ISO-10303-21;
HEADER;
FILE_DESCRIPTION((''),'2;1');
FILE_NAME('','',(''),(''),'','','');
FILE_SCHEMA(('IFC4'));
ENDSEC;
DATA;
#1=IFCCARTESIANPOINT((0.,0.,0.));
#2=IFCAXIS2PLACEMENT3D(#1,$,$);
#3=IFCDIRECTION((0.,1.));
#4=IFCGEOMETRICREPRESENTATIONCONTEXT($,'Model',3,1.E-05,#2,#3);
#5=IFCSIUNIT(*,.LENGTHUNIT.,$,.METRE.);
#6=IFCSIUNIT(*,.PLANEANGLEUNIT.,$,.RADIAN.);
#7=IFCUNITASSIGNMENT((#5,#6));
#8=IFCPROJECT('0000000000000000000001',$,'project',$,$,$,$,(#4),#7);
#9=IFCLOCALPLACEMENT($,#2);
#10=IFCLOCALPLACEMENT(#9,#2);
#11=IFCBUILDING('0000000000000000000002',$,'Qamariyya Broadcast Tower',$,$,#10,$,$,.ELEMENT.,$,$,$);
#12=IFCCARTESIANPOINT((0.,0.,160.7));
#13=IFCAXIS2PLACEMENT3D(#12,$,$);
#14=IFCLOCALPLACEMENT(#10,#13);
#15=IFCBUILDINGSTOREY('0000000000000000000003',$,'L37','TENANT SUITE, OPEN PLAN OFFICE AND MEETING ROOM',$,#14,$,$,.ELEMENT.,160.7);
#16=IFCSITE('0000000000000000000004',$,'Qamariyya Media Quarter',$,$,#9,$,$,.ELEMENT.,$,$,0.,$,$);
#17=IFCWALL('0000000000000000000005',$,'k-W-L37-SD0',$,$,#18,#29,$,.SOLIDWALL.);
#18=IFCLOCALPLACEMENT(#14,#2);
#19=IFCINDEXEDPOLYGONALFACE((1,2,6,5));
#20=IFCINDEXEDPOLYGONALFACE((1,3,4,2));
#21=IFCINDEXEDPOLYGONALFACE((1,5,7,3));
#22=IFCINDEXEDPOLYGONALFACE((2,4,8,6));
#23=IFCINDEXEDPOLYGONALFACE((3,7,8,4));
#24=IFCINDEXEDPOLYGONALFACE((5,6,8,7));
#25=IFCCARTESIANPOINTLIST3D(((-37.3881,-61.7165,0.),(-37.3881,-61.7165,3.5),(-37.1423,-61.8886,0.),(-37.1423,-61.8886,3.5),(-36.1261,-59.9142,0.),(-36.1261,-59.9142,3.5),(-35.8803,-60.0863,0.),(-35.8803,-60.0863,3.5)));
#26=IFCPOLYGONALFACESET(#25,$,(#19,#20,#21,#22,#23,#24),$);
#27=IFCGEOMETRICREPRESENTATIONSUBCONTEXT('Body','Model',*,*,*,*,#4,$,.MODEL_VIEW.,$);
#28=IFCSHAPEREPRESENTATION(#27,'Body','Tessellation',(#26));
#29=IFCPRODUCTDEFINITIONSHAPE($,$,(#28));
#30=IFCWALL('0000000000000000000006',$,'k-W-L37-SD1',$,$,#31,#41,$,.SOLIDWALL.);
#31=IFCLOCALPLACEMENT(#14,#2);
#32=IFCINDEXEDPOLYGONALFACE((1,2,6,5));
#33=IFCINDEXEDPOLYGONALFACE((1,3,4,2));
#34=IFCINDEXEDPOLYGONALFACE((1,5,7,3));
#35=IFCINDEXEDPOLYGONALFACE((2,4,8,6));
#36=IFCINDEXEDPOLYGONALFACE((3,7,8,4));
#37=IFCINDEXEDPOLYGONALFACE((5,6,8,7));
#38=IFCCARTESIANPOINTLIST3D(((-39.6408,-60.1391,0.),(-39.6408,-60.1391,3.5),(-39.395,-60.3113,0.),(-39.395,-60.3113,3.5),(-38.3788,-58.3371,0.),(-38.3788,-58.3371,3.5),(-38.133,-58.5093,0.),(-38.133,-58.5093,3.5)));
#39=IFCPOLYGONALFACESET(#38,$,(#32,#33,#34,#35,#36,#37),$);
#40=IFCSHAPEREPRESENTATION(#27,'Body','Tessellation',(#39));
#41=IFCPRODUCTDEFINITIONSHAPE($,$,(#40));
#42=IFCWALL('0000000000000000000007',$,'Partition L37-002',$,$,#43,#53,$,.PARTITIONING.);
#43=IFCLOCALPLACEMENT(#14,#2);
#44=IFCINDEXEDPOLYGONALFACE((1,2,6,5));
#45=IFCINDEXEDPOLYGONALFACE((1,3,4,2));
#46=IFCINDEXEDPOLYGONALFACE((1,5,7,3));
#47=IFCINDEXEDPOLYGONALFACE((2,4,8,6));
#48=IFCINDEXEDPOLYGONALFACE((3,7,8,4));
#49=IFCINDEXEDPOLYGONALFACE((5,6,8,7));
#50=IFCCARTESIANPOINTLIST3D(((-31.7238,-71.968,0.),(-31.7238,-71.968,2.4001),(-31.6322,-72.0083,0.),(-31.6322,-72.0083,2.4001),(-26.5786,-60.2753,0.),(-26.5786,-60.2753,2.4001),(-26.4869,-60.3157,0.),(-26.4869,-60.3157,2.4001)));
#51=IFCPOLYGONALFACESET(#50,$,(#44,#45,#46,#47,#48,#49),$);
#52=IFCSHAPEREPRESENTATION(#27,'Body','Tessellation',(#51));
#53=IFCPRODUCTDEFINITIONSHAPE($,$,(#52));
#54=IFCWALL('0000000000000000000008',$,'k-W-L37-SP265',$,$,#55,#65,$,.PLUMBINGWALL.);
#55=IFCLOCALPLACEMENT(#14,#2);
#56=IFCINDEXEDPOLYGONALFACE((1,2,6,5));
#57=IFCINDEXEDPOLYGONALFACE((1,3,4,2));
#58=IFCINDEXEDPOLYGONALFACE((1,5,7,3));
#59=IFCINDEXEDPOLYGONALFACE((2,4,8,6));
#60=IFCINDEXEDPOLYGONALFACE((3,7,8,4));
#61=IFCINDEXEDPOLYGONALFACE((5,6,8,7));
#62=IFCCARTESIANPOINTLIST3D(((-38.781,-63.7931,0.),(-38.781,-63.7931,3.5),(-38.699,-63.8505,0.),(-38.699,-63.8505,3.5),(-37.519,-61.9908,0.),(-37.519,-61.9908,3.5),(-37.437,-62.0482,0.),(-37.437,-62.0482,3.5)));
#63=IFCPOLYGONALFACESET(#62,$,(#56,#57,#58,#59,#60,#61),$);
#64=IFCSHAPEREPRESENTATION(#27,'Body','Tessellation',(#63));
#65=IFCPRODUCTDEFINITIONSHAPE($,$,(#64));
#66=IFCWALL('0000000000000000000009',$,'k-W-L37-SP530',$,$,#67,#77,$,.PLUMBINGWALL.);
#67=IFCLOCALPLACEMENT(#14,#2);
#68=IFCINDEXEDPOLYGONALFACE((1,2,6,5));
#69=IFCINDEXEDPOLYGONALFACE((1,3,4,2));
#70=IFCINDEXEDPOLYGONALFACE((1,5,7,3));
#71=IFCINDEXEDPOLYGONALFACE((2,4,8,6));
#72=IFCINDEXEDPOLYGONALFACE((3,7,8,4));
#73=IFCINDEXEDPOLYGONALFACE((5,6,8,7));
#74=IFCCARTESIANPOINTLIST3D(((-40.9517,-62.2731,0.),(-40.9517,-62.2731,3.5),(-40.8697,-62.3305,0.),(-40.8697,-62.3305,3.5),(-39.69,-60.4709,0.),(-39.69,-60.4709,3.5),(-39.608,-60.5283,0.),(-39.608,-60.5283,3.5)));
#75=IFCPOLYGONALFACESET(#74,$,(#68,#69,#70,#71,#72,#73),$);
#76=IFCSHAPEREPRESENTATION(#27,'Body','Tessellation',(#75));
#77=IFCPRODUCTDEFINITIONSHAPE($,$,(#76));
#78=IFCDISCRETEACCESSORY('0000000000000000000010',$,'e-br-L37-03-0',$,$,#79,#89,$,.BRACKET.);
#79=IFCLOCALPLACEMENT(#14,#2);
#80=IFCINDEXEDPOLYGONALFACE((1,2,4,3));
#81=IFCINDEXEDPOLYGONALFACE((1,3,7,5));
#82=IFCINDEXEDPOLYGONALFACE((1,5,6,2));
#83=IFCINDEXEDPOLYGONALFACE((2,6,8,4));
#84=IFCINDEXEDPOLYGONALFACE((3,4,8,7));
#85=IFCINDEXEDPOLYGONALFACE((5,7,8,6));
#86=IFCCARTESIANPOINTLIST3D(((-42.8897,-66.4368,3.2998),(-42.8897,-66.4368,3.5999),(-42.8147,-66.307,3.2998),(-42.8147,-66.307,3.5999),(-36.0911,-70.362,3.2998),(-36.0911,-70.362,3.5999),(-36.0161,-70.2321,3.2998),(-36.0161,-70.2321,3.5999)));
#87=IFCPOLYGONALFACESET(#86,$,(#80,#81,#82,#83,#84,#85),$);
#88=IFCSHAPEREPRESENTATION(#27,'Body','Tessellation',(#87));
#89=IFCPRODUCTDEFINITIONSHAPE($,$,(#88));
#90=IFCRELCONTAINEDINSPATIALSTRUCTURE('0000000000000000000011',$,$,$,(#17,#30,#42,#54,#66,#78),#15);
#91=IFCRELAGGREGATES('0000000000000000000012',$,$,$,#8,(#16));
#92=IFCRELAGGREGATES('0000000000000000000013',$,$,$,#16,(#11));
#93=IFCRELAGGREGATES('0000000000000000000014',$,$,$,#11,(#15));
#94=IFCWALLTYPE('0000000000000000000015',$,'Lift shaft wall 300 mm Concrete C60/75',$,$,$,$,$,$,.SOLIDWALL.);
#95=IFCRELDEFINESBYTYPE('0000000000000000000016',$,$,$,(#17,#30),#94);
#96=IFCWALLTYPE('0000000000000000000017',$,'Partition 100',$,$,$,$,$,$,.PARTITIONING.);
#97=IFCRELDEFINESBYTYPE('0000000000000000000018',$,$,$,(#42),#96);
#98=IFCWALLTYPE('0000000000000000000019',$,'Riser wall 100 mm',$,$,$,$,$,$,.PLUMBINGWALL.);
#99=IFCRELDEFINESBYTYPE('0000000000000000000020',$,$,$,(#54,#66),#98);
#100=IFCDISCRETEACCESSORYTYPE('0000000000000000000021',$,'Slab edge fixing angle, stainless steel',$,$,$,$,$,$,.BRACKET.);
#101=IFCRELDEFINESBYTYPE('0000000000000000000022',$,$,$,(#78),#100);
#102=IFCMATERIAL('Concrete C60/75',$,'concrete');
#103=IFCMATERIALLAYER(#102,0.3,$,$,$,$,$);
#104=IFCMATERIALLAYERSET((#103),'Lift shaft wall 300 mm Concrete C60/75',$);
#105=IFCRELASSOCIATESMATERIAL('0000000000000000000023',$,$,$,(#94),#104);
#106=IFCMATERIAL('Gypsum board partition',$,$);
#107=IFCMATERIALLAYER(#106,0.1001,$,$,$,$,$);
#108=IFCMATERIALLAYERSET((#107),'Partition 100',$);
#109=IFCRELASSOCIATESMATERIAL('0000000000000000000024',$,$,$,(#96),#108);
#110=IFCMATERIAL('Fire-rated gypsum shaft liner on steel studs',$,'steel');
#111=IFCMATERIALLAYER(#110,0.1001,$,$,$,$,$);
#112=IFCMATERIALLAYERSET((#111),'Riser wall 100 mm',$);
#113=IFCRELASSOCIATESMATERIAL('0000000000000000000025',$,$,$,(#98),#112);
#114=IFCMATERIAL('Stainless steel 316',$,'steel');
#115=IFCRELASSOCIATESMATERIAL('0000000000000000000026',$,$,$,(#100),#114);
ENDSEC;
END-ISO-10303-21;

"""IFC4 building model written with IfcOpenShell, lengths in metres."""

from ifc_helpers import new_model, si_unit, direction, frame, frame_2d, origin, origin_2d, place, context, subcontext, project, spatial, rectangle, extrude, material, layer, layer_set, type_object, element, save


model = new_model("IFC4")

# Units and contexts
model_context = context("Model", 3, precision=1e-05, world=origin(), true_north=direction((0.0, 1.0)))
body_context = subcontext(model_context, "Body", "Model", "MODEL_VIEW")
ifc_project = project(units=[si_unit("LENGTHUNIT", "METRE"), si_unit("PLANEANGLEUNIT", "RADIAN")], contexts=[model_context])

# Site, building, storey
site_placement = place(None, origin())
site = spatial("IfcSite", under=ifc_project, at=site_placement, Name="Qamariyya Media Quarter", CompositionType="ELEMENT", RefElevation=0.0)
building_placement = place(site_placement, origin())
building = spatial("IfcBuilding", under=site, at=building_placement, Name="Qamariyya Broadcast Tower", CompositionType="ELEMENT")
storey_placement = place(building_placement, frame((0.0, 0.0, 160.7)))
storey = spatial("IfcBuildingStorey", under=building, at=storey_placement, Name="L37", Description="TENANT SUITE, OPEN PLAN OFFICE AND MEETING ROOM", CompositionType="ELEMENT", Elevation=160.7)

# Shared definitions
ifc_material_1 = material(Name="Concrete C60/75", Category="concrete")

# Shared definitions
ifc_layer_1 = layer(ifc_material_1, 0.3)
ifc_layer_set_1 = layer_set([ifc_layer_1], Name="Lift shaft wall 300 mm Concrete C60/75")
wall_type_1 = type_object("IfcWallType", Name="Lift shaft wall 300 mm Concrete C60/75", PredefinedType="SOLIDWALL", material=ifc_layer_set_1)

# Walls
wall_1_placement = place(storey_placement, frame((-36.0032, -60.0002, 0.0), z_axis=(0.0, 0.0, 1.0), x_axis=(-0.573581, -0.819149, 0.0)))
element("IfcWall", 1, at=wall_1_placement, inside=storey, type_object=wall_type_1, Name="k-W-L37-SD0", PredefinedType="SOLIDWALL", context=body_context, shape_type="SweptSolid", body=[
    extrude(rectangle(XDim=2.2002, YDim=0.3, at=frame_2d((1.1001, 0.0))), origin(), (0.0, 0.0, 1.0), 3.5),
])
wall_2_placement = place(storey_placement, frame((-38.2559, -58.4231, 0.0), z_axis=(0.0, 0.0, 1.0), x_axis=(-0.573634, -0.819112, 0.0)))
element("IfcWall", 2, at=wall_2_placement, inside=storey, type_object=wall_type_1, Name="k-W-L37-SD1", PredefinedType="SOLIDWALL", context=body_context, shape_type="SweptSolid", body=[
    extrude(rectangle(XDim=2.2, YDim=0.3, at=frame_2d((1.1001, 0.0))), origin(), (0.0, 0.0, 1.0), 3.5),
])
ifc_material_2 = material(Name="Gypsum board partition")
ifc_layer_2 = layer(ifc_material_2, 0.1001)
ifc_layer_set_2 = layer_set([ifc_layer_2], Name="Partition 100")
wall_type_2 = type_object("IfcWallType", Name="Partition 100", PredefinedType="PARTITIONING", material=ifc_layer_set_2)
wall_3_placement = place(storey_placement, frame((-31.678, -71.988, 0.0), z_axis=(0.0, 0.0, 1.0), x_axis=(0.402772, 0.9153, 0.0)))
element("IfcWall", 3, at=wall_3_placement, inside=storey, type_object=wall_type_2, Name="Partition L37-002", PredefinedType="PARTITIONING", context=body_context, shape_type="SweptSolid", body=[
    extrude(rectangle(XDim=12.7747, YDim=0.1001, at=frame_2d((6.3872, 0.0))), origin(), (0.0, 0.0, 1.0), 2.4001),
])
ifc_material_3 = material(Name="Fire-rated gypsum shaft liner on steel studs", Category="steel")
ifc_layer_3 = layer(ifc_material_3, 0.1001)
ifc_layer_set_3 = layer_set([ifc_layer_3], Name="Riser wall 100 mm")
wall_type_3 = type_object("IfcWallType", Name="Riser wall 100 mm", PredefinedType="PLUMBINGWALL", material=ifc_layer_set_3)
wall_4_placement = place(storey_placement, frame((-37.478, -62.0195, 0.0), z_axis=(0.0, 0.0, 1.0), x_axis=(-0.573581, -0.819149, 0.0)))
element("IfcWall", 4, at=wall_4_placement, inside=storey, type_object=wall_type_3, Name="k-W-L37-SP265", PredefinedType="PLUMBINGWALL", context=body_context, shape_type="SweptSolid", body=[
    extrude(rectangle(XDim=2.2002, YDim=0.1001, at=frame_2d((1.1001, 0.0))), origin(), (0.0, 0.0, 1.0), 3.5),
])
wall_5_placement = place(storey_placement, frame((-39.6489, -60.4995, 0.0), z_axis=(0.0, 0.0, 1.0), x_axis=(-0.573507, -0.819201, 0.0)))
element("IfcWall", 5, at=wall_5_placement, inside=storey, type_object=wall_type_3, Name="k-W-L37-SP530", PredefinedType="PLUMBINGWALL", context=body_context, shape_type="SweptSolid", body=[
    extrude(rectangle(XDim=2.2, YDim=0.1001, at=frame_2d((1.1001, 0.0))), origin(), (0.0, 0.0, 1.0), 3.5),
])

# Discrete accessory
ifc_material_4 = material(Name="Stainless steel 316", Category="steel")
discrete_accessory_type = type_object("IfcDiscreteAccessoryType", Name="Slab edge fixing angle, stainless steel", PredefinedType="BRACKET", material=ifc_material_4)
discrete_accessory_placement = place(storey_placement, frame((-39.4529, -68.3345, 3.2998), z_axis=(0.0, 0.0, 1.0), x_axis=(0.866025, -0.5, 0.0)))
element("IfcDiscreteAccessory", 6, at=discrete_accessory_placement, inside=storey, type_object=discrete_accessory_type, Name="e-br-L37-03-0", PredefinedType="BRACKET", context=body_context, shape_type="SweptSolid", body=[
    extrude(rectangle(XDim=7.8503, YDim=0.1499, at=origin_2d()), origin(), (0.0, 0.0, 1.0), 0.3),
])

save(model, "model.ifc")
